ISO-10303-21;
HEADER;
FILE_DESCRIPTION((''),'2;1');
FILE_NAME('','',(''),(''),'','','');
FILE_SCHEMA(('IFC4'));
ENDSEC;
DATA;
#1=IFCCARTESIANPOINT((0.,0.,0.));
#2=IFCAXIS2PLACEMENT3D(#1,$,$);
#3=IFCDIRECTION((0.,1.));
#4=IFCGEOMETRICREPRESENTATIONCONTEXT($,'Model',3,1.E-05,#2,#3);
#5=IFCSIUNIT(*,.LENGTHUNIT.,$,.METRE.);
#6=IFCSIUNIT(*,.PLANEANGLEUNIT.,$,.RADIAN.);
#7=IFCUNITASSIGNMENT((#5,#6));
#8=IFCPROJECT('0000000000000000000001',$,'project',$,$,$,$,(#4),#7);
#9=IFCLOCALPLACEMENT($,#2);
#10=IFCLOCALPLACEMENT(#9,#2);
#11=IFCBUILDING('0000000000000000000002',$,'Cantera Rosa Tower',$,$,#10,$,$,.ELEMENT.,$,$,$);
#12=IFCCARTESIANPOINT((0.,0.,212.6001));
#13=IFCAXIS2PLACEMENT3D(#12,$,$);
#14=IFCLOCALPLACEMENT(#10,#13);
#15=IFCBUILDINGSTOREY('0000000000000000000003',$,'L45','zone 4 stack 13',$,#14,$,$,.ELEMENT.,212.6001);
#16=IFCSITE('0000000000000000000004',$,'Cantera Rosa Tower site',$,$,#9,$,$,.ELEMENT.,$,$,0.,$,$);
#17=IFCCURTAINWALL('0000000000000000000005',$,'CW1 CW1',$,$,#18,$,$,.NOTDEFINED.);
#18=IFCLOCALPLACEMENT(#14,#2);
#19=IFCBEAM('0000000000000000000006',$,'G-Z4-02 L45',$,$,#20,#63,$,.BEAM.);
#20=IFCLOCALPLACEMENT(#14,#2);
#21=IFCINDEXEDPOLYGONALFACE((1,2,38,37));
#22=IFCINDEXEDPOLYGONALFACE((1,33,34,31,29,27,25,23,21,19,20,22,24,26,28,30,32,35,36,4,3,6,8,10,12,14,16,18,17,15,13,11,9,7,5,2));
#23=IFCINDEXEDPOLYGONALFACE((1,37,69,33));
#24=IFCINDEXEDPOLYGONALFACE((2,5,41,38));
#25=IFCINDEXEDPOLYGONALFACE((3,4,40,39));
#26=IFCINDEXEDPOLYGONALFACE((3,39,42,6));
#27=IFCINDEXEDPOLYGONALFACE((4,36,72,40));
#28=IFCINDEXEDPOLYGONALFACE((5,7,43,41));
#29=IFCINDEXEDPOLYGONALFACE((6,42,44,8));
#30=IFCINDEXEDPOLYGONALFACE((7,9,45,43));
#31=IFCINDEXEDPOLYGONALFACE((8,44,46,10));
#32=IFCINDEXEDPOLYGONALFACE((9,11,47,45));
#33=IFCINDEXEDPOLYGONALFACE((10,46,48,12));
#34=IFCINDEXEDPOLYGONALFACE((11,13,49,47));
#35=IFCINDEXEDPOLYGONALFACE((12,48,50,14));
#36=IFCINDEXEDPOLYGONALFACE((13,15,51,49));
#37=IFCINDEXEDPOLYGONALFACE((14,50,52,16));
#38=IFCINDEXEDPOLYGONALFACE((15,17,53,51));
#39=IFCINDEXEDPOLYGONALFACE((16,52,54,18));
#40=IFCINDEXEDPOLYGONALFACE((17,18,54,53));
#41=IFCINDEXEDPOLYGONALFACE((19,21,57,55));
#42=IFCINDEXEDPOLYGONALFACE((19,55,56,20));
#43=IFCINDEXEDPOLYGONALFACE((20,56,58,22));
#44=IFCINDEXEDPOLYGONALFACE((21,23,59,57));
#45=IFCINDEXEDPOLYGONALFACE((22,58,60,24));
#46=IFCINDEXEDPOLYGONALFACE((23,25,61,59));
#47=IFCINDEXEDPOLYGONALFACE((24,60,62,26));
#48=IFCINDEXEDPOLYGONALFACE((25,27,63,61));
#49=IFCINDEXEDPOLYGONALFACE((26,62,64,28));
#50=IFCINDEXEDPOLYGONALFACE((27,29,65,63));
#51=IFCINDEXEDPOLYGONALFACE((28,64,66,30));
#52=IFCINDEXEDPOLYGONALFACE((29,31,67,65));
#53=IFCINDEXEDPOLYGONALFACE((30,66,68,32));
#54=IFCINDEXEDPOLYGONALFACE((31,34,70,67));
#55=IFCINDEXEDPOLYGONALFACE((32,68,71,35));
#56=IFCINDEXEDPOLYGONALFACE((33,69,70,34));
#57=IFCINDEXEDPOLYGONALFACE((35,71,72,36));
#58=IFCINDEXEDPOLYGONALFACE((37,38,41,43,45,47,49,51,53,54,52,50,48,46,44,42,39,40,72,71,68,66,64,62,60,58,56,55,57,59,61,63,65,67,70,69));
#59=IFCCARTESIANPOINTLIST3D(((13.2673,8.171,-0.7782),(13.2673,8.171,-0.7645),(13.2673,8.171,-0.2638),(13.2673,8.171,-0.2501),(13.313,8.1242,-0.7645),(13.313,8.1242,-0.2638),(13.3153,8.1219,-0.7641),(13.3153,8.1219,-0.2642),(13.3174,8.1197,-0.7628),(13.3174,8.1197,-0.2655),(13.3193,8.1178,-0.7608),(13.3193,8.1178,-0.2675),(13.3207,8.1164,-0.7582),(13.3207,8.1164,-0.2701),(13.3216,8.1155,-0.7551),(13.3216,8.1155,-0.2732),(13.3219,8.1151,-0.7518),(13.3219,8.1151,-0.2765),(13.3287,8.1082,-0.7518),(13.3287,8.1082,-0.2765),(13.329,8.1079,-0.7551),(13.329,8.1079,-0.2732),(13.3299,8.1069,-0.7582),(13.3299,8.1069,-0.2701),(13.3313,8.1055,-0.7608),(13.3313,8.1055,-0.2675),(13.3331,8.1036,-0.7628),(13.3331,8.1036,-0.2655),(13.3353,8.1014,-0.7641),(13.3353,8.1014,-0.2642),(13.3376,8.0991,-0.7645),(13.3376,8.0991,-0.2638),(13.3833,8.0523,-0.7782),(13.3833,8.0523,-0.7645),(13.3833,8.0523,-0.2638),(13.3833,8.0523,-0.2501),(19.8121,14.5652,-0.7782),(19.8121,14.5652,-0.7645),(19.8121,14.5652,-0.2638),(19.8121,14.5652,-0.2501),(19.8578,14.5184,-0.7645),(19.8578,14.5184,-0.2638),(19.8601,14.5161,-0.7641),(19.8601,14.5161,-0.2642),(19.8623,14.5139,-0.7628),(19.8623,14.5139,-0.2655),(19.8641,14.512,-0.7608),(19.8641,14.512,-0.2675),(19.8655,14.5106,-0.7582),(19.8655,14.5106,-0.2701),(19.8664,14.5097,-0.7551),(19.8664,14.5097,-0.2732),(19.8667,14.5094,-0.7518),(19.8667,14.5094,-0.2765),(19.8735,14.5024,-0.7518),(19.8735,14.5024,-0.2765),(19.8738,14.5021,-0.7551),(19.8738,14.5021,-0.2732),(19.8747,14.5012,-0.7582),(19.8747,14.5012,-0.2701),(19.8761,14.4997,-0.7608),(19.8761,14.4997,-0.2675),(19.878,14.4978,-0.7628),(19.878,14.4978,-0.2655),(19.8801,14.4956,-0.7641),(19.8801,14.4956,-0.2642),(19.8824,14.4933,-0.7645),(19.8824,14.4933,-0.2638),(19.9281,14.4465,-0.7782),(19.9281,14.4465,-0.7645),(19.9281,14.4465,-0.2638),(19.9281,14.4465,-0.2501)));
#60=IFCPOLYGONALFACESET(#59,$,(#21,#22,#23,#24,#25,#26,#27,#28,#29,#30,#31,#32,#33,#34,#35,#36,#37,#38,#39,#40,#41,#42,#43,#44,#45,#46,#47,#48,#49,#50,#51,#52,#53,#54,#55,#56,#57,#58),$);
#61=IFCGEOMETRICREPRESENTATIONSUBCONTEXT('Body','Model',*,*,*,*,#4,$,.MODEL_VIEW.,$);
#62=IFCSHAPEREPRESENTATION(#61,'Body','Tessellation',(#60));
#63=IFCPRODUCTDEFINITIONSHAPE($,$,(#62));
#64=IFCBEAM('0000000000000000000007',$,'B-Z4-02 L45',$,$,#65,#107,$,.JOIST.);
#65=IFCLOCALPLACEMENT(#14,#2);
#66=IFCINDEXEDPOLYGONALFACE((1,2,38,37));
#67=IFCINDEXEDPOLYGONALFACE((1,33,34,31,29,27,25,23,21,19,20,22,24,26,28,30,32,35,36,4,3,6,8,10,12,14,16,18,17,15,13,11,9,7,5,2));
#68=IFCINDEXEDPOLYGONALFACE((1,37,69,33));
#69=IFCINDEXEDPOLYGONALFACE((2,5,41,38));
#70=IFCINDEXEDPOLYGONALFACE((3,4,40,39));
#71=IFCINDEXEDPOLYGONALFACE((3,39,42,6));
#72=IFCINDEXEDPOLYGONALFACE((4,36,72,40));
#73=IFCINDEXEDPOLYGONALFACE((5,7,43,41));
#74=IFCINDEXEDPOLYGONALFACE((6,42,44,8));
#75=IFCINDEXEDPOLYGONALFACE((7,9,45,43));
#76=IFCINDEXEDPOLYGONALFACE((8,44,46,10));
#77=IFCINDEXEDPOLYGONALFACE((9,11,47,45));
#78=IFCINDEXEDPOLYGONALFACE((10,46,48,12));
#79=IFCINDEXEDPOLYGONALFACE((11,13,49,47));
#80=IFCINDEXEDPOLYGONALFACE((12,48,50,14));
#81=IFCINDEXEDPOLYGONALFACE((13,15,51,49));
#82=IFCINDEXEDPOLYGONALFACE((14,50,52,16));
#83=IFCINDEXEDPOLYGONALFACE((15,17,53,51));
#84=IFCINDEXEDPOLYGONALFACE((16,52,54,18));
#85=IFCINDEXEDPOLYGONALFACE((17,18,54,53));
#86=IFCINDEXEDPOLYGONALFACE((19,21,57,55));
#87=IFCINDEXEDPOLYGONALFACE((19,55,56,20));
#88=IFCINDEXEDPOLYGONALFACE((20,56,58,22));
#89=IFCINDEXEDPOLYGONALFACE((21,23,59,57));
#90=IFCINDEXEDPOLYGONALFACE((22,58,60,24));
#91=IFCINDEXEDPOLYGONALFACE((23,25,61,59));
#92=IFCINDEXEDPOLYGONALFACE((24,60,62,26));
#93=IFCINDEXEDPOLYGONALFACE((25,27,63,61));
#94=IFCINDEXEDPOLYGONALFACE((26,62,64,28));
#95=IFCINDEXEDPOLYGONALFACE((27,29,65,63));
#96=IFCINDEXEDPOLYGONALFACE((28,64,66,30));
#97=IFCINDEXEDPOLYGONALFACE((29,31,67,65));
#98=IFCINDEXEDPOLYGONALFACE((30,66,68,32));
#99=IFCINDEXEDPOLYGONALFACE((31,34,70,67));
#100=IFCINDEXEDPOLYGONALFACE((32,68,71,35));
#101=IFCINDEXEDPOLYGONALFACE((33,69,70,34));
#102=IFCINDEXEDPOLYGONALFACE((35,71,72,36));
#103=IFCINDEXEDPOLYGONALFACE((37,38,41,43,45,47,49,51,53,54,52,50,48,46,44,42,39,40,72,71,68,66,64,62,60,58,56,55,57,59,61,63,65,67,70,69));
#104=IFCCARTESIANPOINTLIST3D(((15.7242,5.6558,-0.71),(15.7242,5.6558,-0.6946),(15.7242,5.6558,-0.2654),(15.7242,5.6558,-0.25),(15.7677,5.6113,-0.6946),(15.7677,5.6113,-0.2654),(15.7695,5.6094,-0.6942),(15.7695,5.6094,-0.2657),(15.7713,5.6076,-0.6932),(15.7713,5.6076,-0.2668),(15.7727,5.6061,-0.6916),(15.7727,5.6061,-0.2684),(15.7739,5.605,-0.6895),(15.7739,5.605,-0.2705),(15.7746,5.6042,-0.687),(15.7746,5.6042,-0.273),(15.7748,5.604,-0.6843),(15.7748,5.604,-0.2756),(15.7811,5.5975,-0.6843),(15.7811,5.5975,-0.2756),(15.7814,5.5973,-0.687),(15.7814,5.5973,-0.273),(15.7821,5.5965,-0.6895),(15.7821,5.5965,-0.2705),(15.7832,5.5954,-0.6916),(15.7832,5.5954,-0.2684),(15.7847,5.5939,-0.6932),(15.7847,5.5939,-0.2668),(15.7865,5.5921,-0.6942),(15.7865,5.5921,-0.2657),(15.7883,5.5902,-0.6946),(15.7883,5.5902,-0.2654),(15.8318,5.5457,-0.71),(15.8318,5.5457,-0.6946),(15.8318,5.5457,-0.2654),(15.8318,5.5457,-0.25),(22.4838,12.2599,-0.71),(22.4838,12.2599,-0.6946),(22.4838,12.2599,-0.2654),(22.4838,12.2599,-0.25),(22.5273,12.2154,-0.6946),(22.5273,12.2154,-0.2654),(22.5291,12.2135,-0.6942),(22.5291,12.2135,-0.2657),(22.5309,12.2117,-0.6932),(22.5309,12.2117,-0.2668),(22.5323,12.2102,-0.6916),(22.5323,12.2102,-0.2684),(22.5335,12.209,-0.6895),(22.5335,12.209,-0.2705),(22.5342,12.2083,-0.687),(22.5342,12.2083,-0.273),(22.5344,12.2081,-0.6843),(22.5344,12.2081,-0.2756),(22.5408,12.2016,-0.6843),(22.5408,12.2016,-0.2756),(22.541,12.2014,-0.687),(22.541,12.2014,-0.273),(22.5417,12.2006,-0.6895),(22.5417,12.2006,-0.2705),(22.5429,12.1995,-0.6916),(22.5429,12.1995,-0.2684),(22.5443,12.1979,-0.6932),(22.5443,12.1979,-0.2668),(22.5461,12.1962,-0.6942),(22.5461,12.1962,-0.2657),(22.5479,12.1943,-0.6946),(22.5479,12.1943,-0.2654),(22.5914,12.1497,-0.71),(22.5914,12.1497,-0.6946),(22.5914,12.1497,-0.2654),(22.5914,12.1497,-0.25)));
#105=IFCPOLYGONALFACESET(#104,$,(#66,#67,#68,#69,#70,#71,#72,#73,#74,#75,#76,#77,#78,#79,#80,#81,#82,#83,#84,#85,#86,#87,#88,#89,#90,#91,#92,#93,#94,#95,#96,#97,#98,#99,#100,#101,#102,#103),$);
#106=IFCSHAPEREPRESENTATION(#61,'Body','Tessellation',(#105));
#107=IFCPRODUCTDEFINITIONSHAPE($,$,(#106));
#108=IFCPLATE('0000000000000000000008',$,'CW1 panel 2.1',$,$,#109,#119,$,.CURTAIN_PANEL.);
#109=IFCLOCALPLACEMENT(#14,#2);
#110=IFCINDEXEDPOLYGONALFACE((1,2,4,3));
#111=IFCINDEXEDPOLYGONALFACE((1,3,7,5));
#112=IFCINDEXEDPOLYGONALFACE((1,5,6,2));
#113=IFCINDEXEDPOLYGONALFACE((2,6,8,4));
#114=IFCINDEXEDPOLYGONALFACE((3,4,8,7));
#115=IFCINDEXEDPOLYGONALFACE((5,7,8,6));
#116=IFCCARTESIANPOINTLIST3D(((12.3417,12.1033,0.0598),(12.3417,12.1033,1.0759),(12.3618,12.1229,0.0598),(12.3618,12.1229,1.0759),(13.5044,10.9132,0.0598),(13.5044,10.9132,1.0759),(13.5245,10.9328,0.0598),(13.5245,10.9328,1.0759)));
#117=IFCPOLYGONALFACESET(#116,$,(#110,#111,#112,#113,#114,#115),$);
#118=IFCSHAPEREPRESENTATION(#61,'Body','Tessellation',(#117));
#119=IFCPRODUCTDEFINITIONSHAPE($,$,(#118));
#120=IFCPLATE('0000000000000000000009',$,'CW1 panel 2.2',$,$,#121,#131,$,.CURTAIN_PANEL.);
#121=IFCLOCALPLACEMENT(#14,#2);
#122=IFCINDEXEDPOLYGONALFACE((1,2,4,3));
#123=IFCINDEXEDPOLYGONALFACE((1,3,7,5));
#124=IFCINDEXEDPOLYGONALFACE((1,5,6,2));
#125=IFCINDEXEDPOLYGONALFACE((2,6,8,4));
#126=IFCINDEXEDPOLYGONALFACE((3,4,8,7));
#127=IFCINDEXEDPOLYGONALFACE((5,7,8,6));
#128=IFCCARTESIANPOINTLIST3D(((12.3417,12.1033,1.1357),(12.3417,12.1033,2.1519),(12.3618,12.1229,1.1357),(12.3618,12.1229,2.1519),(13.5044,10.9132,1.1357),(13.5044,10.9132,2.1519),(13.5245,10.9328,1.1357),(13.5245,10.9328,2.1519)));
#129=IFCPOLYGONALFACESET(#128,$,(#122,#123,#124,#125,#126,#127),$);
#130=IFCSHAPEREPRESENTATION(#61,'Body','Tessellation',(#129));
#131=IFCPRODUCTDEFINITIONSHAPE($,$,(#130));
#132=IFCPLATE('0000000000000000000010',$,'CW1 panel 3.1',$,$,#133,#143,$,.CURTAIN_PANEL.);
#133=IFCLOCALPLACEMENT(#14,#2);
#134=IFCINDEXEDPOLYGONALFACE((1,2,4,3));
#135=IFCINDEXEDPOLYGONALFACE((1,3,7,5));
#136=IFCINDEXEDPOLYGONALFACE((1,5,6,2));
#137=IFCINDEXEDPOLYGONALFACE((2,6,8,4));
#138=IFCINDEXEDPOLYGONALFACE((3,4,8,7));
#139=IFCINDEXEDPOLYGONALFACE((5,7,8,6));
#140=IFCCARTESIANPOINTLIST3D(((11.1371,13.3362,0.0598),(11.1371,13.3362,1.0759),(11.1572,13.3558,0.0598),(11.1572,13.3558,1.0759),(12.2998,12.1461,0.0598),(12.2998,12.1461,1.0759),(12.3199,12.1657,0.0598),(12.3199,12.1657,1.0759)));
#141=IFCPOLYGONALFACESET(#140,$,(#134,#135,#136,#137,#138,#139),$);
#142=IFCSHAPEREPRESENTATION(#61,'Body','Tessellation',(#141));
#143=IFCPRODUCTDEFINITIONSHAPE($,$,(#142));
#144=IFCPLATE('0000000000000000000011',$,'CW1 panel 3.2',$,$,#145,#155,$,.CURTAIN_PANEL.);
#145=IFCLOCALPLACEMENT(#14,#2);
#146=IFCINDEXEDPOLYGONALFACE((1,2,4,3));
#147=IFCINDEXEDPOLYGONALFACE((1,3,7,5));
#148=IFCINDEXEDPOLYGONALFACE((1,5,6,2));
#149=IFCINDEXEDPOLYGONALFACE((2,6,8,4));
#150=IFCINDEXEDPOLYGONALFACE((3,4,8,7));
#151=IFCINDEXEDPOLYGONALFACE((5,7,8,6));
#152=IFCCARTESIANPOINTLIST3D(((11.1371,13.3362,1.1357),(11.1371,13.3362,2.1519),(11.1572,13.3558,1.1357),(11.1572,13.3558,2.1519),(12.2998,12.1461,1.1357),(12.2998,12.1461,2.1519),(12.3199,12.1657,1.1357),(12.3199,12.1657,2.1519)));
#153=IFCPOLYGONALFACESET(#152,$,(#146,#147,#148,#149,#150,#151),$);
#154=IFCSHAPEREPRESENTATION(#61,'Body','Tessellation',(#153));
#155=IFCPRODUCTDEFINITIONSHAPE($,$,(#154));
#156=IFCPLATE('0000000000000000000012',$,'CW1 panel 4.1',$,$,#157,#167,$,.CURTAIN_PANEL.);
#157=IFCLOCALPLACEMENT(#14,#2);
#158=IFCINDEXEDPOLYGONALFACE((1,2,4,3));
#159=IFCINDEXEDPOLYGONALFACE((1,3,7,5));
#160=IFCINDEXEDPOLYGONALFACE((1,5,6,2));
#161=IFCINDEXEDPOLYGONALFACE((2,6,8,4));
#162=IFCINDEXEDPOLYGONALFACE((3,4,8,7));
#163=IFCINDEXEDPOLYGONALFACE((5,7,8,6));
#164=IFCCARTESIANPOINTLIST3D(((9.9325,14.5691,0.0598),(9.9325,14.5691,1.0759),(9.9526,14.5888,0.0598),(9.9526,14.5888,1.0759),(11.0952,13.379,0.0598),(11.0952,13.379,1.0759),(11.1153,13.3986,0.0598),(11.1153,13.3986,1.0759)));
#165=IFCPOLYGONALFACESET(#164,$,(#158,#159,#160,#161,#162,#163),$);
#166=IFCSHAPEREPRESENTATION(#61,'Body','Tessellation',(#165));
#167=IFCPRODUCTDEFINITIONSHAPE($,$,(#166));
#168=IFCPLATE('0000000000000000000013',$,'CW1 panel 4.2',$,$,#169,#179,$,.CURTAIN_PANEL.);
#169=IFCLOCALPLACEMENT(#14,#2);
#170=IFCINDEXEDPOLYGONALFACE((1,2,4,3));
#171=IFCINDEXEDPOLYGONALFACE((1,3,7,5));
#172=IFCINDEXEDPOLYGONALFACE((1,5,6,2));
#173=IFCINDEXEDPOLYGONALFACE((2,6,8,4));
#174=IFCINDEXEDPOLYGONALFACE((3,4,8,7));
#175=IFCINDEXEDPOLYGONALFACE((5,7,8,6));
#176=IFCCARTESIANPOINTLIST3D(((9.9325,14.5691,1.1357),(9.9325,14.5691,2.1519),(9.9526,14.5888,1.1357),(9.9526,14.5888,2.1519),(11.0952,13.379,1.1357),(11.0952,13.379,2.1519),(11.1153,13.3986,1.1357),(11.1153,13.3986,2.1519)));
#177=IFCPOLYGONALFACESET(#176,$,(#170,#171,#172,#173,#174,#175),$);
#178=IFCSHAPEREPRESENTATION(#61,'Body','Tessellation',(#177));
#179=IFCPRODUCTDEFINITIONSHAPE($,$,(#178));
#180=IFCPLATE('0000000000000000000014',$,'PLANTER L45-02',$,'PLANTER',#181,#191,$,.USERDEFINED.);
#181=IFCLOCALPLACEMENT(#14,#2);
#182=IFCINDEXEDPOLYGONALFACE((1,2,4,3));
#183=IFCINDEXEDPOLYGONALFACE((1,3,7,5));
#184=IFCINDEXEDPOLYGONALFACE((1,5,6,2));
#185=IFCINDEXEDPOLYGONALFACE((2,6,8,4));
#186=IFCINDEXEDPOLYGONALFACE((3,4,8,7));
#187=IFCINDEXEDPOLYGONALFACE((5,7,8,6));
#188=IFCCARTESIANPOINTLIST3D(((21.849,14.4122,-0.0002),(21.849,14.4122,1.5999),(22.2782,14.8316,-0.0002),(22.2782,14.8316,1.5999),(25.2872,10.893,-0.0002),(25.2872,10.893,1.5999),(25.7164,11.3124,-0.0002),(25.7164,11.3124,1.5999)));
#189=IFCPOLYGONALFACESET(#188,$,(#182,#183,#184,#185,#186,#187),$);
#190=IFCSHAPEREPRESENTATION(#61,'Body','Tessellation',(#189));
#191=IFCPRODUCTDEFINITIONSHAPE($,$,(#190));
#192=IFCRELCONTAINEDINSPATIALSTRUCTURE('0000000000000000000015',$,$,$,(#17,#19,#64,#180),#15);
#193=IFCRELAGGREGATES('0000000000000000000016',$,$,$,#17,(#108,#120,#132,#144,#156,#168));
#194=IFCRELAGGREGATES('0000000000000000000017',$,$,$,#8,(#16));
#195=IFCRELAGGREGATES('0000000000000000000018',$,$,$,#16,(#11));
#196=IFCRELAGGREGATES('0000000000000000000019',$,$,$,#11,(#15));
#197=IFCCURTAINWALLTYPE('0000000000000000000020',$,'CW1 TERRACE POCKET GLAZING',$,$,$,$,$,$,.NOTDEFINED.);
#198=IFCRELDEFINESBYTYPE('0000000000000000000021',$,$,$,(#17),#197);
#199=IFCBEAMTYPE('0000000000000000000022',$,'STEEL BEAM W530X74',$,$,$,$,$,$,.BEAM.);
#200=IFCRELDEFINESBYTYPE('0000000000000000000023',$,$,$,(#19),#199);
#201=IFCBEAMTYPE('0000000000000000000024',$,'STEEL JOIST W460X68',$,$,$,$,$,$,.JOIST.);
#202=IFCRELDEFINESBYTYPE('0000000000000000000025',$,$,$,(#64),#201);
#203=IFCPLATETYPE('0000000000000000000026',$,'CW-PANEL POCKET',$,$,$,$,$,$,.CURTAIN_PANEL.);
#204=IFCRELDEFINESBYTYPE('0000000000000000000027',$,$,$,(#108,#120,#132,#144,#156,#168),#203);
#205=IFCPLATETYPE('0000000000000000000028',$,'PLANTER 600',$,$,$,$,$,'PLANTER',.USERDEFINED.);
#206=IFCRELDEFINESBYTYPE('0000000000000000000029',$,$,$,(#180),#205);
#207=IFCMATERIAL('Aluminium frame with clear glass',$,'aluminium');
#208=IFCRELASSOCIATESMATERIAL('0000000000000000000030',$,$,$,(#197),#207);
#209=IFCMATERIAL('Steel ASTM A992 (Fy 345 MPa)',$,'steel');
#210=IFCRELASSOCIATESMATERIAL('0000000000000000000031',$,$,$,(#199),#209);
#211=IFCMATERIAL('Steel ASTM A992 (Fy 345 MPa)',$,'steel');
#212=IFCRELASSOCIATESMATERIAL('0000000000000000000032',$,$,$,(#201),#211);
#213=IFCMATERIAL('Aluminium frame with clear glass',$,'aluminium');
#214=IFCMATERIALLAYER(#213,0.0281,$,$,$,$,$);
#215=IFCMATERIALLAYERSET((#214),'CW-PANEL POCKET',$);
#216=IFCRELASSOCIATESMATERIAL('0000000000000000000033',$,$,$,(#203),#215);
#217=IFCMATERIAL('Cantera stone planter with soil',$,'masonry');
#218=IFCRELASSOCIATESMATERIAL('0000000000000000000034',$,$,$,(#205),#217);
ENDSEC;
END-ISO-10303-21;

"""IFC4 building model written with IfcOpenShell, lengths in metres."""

from ifc_helpers import new_model, si_unit, direction, frame, origin, origin_2d, place, context, subcontext, project, spatial, rectangle, i_section, extrude, material, layer, layer_set, material_profile, profile_set, type_object, element, aggregate, save


model = new_model("IFC4")

# Units and contexts
model_context = context("Model", 3, precision=1e-05, world=origin(), true_north=direction((0.0, 1.0)))
body_context = subcontext(model_context, "Body", "Model", "MODEL_VIEW")
ifc_project = project(units=[si_unit("LENGTHUNIT", "METRE"), si_unit("PLANEANGLEUNIT", "RADIAN")], contexts=[model_context])

# Site, building, storey
site_placement = place(None, origin())
site = spatial("IfcSite", under=ifc_project, at=site_placement, Name="Cantera Rosa Tower site", CompositionType="ELEMENT", RefElevation=0.0)
building_placement = place(site_placement, origin())
building = spatial("IfcBuilding", under=site, at=building_placement, Name="Cantera Rosa Tower", CompositionType="ELEMENT")
storey_placement = place(building_placement, frame((0.0, 0.0, 212.6001)))
storey = spatial("IfcBuildingStorey", under=building, at=storey_placement, Name="L45", Description="zone 4 stack 13", CompositionType="ELEMENT", Elevation=212.6001)

# Curtain wall
ifc_material_1 = material(Name="Aluminium frame with clear glass", Category="aluminium")
curtain_wall_type = type_object("IfcCurtainWallType", Name="CW1 TERRACE POCKET GLAZING", PredefinedType="NOTDEFINED", material=ifc_material_1)
curtain_wall_placement = place(storey_placement, origin())
curtain_wall = element("IfcCurtainWall", 1, at=curtain_wall_placement, inside=storey, type_object=curtain_wall_type, Name="CW1 CW1", PredefinedType="NOTDEFINED")

# Beams
ifc_material_2 = material(Name="Steel ASTM A992 (Fy 345 MPa)", Category="steel")
ifc_material_profile_1 = material_profile(ifc_material_2, i_section(OverallWidth=0.166, OverallDepth=0.5281, WebThickness=0.0098, FlangeThickness=0.0137, FilletRadius=0.0127, at=origin_2d()), Name="W530X74")
ifc_profile_set_1 = profile_set([ifc_material_profile_1], Name="Steel ASTM A992 (Fy 345 MPa)")
beam_type_1 = type_object("IfcBeamType", Name="STEEL BEAM W530X74", PredefinedType="BEAM", material=ifc_profile_set_1)
beam_1_placement = place(storey_placement, frame((19.8701, 14.5059, -0.5142), z_axis=(-0.71529, -0.698827, 0.0), x_axis=(0.698827, -0.71529, 0.0)))
element("IfcBeam", 2, at=beam_1_placement, inside=storey, type_object=beam_type_1, Name="G-Z4-02 L45", PredefinedType="BEAM", context=body_context, shape_type="SweptSolid", body=[
    extrude(i_section(OverallWidth=0.166, OverallDepth=0.5281, WebThickness=0.0098, FlangeThickness=0.0137, FilletRadius=0.0127, at=origin_2d()), origin(), (0.0, 0.0, 1.0), 9.1499),
])
ifc_material_3 = material(Name="Steel ASTM A992 (Fy 345 MPa)", Category="steel")
ifc_material_profile_2 = material_profile(ifc_material_3, i_section(OverallWidth=0.1541, OverallDepth=0.46, WebThickness=0.009, FlangeThickness=0.0154, FilletRadius=0.0103, at=origin_2d()), Name="W460X68")
ifc_profile_set_2 = profile_set([ifc_material_profile_2], Name="Steel ASTM A992 (Fy 345 MPa)")
beam_type_2 = type_object("IfcBeamType", Name="STEEL JOIST W460X68", PredefinedType="JOIST", material=ifc_profile_set_2)
beam_2_placement = place(storey_placement, frame((22.5376, 12.2048, -0.48), z_axis=(-0.715287, -0.698831, 0.0), x_axis=(0.698831, -0.715287, 0.0)))
element("IfcBeam", 3, at=beam_2_placement, inside=storey, type_object=beam_type_2, Name="B-Z4-02 L45", PredefinedType="JOIST", context=body_context, shape_type="SweptSolid", body=[
    extrude(i_section(OverallWidth=0.1541, OverallDepth=0.46, WebThickness=0.009, FlangeThickness=0.0154, FilletRadius=0.0103, at=origin_2d()), origin(), (0.0, 0.0, 1.0), 9.4502),
])

# Plates
ifc_material_4 = material(Name="Aluminium frame with clear glass", Category="aluminium")
ifc_layer_1 = layer(ifc_material_4, 0.0281)
ifc_layer_set_1 = layer_set([ifc_layer_1], Name="CW-PANEL POCKET")
plate_type_1 = type_object("IfcPlateType", Name="CW-PANEL POCKET", PredefinedType="CURTAIN_PANEL", material=ifc_layer_set_1)
plate_1_placement = place(storey_placement, frame((12.9331, 11.5181, 0.0598), z_axis=(0.0, 0.0, 1.0), x_axis=(-0.698832, 0.715286, 0.0)))
plate_1 = element("IfcPlate", 4, at=plate_1_placement, type_object=plate_type_1, Name="CW1 panel 2.1", PredefinedType="CURTAIN_PANEL", context=body_context, shape_type="SweptSolid", body=[
    extrude(rectangle(XDim=1.6638, YDim=0.0281, at=origin_2d()), origin(), (0.0, 0.0, 1.0), 1.0161),
])
plate_2_placement = place(storey_placement, frame((12.9331, 11.5181, 1.1357), z_axis=(0.0, 0.0, 1.0), x_axis=(-0.698832, 0.715286, 0.0)))
plate_2 = element("IfcPlate", 5, at=plate_2_placement, type_object=plate_type_1, Name="CW1 panel 2.2", PredefinedType="CURTAIN_PANEL", context=body_context, shape_type="SweptSolid", body=[
    extrude(rectangle(XDim=1.6638, YDim=0.0281, at=origin_2d()), origin(), (0.0, 0.0, 1.0), 1.0161),
])
plate_3_placement = place(storey_placement, frame((11.7285, 12.751, 0.0598), z_axis=(0.0, 0.0, 1.0), x_axis=(-0.698832, 0.715286, 0.0)))
plate_3 = element("IfcPlate", 6, at=plate_3_placement, type_object=plate_type_1, Name="CW1 panel 3.1", PredefinedType="CURTAIN_PANEL", context=body_context, shape_type="SweptSolid", body=[
    extrude(rectangle(XDim=1.6638, YDim=0.0281, at=origin_2d()), origin(), (0.0, 0.0, 1.0), 1.0161),
])
plate_4_placement = place(storey_placement, frame((11.7285, 12.751, 1.1357), z_axis=(0.0, 0.0, 1.0), x_axis=(-0.698832, 0.715286, 0.0)))
plate_4 = element("IfcPlate", 7, at=plate_4_placement, type_object=plate_type_1, Name="CW1 panel 3.2", PredefinedType="CURTAIN_PANEL", context=body_context, shape_type="SweptSolid", body=[
    extrude(rectangle(XDim=1.6638, YDim=0.0281, at=origin_2d()), origin(), (0.0, 0.0, 1.0), 1.0161),
])
plate_5_placement = place(storey_placement, frame((10.5239, 13.9839, 0.0598), z_axis=(0.0, 0.0, 1.0), x_axis=(-0.698832, 0.715286, 0.0)))
plate_5 = element("IfcPlate", 8, at=plate_5_placement, type_object=plate_type_1, Name="CW1 panel 4.1", PredefinedType="CURTAIN_PANEL", context=body_context, shape_type="SweptSolid", body=[
    extrude(rectangle(XDim=1.6638, YDim=0.0281, at=origin_2d()), origin(), (0.0, 0.0, 1.0), 1.0161),
])
plate_6_placement = place(storey_placement, frame((10.5239, 13.9839, 1.1357), z_axis=(0.0, 0.0, 1.0), x_axis=(-0.698832, 0.715286, 0.0)))
plate_6 = element("IfcPlate", 9, at=plate_6_placement, type_object=plate_type_1, Name="CW1 panel 4.2", PredefinedType="CURTAIN_PANEL", context=body_context, shape_type="SweptSolid", body=[
    extrude(rectangle(XDim=1.6638, YDim=0.0281, at=origin_2d()), origin(), (0.0, 0.0, 1.0), 1.0161),
])
aggregate(curtain_wall, [plate_1, plate_2, plate_3, plate_4, plate_5, plate_6])
ifc_material_5 = material(Name="Cantera stone planter with soil", Category="masonry")
plate_type_2 = type_object("IfcPlateType", Name="PLANTER 600", ElementType="PLANTER", PredefinedType="USERDEFINED", material=ifc_material_5)
plate_7_placement = place(storey_placement, frame((23.7827, 12.8623, -0.0002), z_axis=(0.0, 0.0, 1.0), x_axis=(-0.698832, 0.715286, 0.0)))
element("IfcPlate", 10, at=plate_7_placement, inside=storey, type_object=plate_type_2, Name="PLANTER L45-02", ObjectType="PLANTER", PredefinedType="USERDEFINED", context=body_context, shape_type="SweptSolid", body=[
    extrude(rectangle(XDim=4.9199, YDim=0.6001, at=origin_2d()), origin(), (0.0, 0.0, 1.0), 1.6001),
])

save(model, "model.ifc")
